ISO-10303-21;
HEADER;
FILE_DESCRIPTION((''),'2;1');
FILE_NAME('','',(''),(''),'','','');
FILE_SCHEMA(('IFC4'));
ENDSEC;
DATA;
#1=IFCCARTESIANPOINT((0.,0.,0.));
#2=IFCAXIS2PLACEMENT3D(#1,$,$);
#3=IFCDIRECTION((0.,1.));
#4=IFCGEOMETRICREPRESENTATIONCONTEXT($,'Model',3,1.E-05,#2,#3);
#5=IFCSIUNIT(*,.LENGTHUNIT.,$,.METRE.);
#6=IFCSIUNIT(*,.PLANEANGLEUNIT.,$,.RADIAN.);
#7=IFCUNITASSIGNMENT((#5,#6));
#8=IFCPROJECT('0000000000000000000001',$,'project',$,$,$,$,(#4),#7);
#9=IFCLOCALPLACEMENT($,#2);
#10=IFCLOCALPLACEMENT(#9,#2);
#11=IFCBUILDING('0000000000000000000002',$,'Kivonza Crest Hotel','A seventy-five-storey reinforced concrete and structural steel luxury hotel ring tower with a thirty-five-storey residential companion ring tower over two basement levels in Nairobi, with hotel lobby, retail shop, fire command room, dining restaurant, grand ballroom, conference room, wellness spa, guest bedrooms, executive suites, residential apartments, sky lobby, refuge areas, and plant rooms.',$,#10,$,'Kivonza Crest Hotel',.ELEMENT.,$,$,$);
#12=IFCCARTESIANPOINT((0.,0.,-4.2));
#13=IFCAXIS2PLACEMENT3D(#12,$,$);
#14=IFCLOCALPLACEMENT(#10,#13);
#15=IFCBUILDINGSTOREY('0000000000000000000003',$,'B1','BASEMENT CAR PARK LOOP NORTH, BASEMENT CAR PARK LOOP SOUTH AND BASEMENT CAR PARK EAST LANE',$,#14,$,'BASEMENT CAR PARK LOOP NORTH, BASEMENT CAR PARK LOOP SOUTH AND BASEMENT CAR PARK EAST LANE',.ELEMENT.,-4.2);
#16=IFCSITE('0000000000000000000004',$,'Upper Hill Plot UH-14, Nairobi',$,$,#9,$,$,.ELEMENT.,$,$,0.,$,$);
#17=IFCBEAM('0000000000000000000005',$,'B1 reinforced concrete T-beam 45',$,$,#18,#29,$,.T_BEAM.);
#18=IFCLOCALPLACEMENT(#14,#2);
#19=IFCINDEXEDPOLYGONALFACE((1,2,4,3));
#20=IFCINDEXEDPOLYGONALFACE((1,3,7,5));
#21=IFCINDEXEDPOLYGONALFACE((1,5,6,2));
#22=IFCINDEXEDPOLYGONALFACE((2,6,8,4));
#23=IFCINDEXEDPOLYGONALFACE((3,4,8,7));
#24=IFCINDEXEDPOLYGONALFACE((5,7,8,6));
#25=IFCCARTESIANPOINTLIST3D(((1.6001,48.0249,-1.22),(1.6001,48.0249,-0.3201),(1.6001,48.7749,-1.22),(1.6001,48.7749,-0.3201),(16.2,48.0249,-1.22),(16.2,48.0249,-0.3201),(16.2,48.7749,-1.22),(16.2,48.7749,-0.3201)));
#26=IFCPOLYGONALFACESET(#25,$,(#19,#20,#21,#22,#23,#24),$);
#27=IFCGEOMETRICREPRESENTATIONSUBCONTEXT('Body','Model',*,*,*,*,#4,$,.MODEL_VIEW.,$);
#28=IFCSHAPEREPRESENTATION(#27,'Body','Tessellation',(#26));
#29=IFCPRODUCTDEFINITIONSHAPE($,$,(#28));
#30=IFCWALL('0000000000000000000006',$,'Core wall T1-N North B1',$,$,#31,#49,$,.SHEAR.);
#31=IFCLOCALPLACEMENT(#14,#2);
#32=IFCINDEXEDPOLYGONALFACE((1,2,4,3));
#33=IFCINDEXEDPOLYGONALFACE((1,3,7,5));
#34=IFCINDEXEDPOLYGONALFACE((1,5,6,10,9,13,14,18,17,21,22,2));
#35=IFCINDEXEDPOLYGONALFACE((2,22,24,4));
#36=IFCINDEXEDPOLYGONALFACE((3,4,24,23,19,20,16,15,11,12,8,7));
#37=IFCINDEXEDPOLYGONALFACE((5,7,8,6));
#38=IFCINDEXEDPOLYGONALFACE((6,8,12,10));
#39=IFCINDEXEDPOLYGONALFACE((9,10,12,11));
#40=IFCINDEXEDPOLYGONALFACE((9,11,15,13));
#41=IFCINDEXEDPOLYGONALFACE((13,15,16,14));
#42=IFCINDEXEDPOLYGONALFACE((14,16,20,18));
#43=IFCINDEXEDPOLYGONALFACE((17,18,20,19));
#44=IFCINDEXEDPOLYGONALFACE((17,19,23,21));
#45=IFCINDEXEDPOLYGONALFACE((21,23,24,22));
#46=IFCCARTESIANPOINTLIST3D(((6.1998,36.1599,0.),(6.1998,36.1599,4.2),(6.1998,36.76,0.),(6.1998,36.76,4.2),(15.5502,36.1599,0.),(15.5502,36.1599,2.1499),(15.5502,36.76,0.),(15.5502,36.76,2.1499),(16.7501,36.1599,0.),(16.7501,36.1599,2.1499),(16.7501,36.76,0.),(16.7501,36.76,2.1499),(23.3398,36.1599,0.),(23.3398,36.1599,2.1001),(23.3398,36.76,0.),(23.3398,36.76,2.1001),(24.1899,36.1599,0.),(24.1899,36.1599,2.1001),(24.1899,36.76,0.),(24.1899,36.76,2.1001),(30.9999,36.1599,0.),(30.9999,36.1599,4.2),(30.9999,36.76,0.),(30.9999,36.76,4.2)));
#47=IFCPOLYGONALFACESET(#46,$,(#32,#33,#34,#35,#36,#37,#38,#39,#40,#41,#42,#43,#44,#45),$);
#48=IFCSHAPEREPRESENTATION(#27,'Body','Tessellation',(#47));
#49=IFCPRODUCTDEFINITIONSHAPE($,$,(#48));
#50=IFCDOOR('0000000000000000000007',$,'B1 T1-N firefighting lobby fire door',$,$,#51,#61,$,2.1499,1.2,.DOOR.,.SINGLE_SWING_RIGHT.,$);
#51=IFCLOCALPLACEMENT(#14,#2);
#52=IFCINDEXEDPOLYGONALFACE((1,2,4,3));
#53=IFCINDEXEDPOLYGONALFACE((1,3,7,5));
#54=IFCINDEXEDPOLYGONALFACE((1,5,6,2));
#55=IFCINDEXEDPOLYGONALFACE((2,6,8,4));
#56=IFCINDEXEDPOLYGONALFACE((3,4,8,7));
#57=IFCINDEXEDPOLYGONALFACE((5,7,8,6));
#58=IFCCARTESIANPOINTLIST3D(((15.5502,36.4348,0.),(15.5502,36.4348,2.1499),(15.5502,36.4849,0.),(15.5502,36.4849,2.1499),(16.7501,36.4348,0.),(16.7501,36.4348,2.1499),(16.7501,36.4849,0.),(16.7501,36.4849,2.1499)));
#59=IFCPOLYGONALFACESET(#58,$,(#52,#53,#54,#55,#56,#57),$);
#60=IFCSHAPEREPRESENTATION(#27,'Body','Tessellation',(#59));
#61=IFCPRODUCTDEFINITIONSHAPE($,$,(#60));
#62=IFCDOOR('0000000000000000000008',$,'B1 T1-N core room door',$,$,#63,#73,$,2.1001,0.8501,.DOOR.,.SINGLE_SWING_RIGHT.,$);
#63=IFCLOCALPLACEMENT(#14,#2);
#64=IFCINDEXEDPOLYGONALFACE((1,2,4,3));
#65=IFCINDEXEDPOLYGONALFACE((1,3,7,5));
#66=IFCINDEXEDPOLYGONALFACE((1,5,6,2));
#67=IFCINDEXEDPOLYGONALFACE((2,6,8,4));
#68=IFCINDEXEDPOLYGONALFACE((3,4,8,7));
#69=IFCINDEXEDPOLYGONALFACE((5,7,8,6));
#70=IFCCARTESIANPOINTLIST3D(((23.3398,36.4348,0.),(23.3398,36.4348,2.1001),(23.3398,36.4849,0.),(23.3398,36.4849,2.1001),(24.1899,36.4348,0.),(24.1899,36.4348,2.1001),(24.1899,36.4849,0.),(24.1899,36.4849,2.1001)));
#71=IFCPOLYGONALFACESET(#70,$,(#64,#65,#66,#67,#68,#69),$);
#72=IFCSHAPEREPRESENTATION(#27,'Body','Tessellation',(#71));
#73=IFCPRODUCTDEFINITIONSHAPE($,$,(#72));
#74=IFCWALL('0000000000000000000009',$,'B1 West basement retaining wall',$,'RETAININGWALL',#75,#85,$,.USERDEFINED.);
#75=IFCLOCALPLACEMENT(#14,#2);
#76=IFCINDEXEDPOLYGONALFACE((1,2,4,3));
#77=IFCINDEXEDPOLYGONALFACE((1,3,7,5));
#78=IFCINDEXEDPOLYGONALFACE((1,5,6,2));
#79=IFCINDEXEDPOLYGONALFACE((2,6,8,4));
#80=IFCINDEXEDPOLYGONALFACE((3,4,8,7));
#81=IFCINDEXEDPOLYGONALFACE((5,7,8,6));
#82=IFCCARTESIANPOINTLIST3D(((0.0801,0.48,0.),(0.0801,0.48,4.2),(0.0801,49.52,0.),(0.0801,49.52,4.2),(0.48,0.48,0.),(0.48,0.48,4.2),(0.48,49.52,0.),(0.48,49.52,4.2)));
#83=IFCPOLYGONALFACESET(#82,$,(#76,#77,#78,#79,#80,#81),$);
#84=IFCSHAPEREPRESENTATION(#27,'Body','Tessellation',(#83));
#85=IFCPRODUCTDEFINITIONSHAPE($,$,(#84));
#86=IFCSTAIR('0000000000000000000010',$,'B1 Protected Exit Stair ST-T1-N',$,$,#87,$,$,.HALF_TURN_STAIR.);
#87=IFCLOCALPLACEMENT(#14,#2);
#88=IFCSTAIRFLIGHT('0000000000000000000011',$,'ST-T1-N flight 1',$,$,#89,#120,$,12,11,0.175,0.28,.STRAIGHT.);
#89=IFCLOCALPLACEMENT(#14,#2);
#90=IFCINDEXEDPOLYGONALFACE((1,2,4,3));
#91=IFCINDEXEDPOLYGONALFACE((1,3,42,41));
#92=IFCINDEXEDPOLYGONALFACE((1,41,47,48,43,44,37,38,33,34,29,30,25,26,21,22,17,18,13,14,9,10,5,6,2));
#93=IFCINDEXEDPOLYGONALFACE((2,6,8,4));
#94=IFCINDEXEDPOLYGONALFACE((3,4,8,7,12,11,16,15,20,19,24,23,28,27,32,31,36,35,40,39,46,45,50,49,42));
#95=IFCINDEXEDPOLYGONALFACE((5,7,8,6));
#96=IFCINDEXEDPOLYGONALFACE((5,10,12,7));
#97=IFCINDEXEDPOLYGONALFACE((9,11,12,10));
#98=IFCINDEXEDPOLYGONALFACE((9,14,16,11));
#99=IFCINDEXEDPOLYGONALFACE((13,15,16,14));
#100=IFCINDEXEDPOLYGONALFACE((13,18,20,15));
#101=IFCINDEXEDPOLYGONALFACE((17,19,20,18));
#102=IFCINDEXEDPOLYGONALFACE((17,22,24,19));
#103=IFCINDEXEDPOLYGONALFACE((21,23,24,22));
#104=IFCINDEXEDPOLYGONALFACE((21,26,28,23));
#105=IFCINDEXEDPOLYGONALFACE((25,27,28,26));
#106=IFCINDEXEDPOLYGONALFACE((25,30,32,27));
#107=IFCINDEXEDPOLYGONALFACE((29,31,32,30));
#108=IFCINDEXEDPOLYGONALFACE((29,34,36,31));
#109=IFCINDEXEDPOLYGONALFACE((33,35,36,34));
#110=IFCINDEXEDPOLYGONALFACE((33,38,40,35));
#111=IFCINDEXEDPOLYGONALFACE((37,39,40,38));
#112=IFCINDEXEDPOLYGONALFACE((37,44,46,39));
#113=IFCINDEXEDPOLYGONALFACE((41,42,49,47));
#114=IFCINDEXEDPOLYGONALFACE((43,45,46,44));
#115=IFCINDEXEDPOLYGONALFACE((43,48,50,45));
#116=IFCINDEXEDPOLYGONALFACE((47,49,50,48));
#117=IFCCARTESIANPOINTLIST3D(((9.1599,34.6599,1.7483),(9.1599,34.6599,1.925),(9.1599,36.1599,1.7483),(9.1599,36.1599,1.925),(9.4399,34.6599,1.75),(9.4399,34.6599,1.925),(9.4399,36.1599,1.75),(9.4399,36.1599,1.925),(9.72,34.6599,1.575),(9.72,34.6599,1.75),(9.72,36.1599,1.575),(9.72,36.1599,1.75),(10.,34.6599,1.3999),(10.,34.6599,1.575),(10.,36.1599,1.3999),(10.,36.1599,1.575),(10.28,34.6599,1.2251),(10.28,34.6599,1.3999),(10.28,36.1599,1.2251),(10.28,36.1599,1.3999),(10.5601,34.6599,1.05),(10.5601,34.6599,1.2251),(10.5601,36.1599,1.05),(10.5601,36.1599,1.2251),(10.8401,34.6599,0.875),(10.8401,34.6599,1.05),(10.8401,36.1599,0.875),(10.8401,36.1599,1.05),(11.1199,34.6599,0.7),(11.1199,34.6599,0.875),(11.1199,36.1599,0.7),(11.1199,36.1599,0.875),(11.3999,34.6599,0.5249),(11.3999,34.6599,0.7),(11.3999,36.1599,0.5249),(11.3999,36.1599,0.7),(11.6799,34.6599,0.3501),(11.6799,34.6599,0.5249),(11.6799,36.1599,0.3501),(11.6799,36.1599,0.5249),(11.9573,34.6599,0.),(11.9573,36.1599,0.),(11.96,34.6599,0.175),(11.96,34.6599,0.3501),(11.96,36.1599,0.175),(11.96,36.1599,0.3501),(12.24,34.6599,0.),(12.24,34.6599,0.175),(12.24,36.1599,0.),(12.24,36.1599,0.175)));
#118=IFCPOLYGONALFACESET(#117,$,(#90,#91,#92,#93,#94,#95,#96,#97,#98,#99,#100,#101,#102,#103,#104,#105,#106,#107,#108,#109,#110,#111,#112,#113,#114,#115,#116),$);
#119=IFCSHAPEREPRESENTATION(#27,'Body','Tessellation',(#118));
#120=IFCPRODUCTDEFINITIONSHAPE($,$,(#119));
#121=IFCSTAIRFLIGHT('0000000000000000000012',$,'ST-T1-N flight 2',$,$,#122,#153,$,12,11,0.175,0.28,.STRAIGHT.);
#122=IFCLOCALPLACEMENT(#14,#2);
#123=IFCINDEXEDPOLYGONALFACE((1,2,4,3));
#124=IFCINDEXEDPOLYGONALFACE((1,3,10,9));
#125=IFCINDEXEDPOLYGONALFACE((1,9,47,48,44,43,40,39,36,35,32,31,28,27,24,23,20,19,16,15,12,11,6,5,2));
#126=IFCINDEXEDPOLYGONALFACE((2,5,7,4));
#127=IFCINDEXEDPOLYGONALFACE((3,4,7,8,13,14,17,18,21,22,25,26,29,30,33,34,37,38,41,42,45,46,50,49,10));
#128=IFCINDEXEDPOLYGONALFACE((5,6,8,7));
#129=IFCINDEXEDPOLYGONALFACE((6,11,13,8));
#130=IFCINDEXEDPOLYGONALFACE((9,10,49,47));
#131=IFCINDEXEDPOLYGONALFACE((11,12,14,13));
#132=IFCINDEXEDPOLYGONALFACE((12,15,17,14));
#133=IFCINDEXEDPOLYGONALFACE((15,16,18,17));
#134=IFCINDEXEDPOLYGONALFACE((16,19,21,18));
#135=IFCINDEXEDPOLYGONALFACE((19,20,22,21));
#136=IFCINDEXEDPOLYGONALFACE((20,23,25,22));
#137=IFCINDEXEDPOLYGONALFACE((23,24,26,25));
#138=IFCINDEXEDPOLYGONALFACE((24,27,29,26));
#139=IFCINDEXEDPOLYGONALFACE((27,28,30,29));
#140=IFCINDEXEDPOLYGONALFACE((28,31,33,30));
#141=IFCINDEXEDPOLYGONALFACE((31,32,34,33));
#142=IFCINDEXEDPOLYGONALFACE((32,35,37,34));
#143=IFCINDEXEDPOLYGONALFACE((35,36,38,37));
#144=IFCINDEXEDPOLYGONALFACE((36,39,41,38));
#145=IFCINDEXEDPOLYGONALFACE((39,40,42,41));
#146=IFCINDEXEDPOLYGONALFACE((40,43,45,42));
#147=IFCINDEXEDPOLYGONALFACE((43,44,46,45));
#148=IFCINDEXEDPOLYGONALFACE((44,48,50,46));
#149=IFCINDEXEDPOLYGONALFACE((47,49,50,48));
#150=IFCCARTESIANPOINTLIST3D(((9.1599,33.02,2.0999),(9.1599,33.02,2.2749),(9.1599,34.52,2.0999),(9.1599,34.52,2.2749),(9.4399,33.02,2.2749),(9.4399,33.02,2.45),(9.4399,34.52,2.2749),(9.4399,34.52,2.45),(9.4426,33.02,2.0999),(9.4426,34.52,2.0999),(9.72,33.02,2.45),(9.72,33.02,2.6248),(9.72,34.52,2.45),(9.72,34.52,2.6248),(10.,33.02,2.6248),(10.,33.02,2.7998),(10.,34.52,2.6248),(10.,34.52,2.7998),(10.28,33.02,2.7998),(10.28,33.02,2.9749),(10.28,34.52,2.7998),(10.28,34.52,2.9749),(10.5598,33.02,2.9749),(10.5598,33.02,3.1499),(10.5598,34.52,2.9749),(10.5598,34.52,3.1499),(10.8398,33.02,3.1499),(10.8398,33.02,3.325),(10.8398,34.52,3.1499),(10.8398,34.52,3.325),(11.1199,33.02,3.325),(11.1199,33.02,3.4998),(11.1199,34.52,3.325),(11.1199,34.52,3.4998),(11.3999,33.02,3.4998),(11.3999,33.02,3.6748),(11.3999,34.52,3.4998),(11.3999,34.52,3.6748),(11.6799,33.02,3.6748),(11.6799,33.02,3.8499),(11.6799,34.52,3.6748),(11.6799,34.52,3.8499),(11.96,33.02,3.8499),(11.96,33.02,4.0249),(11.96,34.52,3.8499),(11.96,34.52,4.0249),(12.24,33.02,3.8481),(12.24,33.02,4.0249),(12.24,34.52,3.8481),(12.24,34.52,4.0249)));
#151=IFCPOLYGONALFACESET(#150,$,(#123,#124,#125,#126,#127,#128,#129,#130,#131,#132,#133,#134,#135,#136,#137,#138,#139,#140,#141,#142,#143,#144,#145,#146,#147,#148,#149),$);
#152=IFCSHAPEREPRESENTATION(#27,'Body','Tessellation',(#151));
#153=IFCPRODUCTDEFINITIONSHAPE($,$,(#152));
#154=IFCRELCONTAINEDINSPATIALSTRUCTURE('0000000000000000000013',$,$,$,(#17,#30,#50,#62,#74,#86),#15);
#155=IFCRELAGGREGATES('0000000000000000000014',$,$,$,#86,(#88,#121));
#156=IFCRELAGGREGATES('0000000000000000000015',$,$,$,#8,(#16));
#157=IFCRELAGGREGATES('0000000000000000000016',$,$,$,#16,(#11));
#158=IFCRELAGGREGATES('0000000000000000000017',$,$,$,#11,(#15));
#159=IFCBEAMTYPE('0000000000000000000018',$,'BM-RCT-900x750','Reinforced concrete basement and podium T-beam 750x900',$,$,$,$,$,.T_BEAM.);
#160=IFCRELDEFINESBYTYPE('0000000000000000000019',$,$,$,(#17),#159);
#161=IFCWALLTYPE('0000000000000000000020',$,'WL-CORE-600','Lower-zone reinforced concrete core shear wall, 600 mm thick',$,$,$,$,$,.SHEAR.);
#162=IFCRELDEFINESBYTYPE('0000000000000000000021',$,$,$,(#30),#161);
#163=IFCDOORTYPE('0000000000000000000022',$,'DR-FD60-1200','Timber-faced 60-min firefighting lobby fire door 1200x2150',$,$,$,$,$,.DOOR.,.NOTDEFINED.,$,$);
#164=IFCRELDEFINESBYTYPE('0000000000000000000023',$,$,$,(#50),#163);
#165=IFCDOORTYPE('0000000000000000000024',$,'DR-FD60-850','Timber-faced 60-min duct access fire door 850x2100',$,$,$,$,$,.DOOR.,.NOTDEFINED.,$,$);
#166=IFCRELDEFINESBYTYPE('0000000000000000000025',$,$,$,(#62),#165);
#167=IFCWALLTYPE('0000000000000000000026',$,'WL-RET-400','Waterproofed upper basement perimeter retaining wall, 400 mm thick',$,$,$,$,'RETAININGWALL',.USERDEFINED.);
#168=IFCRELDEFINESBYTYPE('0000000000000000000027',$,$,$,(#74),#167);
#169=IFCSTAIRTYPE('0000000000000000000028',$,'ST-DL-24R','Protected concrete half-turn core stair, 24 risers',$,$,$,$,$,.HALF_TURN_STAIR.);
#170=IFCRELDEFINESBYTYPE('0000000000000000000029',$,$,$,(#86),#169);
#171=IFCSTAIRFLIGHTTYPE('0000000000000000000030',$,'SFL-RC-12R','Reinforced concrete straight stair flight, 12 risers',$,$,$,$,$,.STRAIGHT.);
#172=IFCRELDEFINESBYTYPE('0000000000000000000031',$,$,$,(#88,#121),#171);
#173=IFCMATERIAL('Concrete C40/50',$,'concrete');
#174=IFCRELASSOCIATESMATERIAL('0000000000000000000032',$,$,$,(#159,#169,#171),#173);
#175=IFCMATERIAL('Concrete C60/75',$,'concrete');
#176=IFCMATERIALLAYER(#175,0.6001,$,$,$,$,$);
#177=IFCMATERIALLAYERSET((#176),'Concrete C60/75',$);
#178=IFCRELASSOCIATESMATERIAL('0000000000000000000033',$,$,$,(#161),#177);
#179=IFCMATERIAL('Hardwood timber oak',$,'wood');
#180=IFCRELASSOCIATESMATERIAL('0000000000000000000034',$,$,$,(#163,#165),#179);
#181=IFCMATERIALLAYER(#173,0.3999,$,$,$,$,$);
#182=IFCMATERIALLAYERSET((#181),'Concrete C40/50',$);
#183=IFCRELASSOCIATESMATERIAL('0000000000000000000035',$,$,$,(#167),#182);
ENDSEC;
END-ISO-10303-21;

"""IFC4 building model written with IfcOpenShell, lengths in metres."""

from ifc_helpers import new_model, si_unit, direction, frame, frame_2d, origin, origin_2d, place, context, subcontext, project, spatial, polyline, rectangle, outline, extrude, material, layer, layer_set, material_profile, profile_set, type_object, element, fill, aggregate, save


model = new_model("IFC4")

# Units and contexts
model_context = context("Model", 3, precision=1e-05, world=origin(), true_north=direction((0.0, 1.0)))
body_context = subcontext(model_context, "Body", "Model", "MODEL_VIEW")
ifc_project = project(units=[si_unit("LENGTHUNIT", "METRE"), si_unit("PLANEANGLEUNIT", "RADIAN")], contexts=[model_context])

# Site, building, storey
site_placement = place(None, origin())
site = spatial("IfcSite", under=ifc_project, at=site_placement, Name="Upper Hill Plot UH-14, Nairobi", CompositionType="ELEMENT", RefElevation=0.0)
building_placement = place(site_placement, origin())
building = spatial("IfcBuilding", under=site, at=building_placement, Name="Kivonza Crest Hotel", Description="A seventy-five-storey reinforced concrete and structural steel luxury hotel ring tower with a thirty-five-storey residential companion ring tower over two basement levels in Nairobi, with hotel lobby, retail shop, fire command room, dining restaurant, grand ballroom, conference room, wellness spa, guest bedrooms, executive suites, residential apartments, sky lobby, refuge areas, and plant rooms.", LongName="Kivonza Crest Hotel", CompositionType="ELEMENT")
storey_placement = place(building_placement, frame((0.0, 0.0, -4.2)))
storey = spatial("IfcBuildingStorey", under=building, at=storey_placement, Name="B1", Description="BASEMENT CAR PARK LOOP NORTH, BASEMENT CAR PARK LOOP SOUTH AND BASEMENT CAR PARK EAST LANE", LongName="BASEMENT CAR PARK LOOP NORTH, BASEMENT CAR PARK LOOP SOUTH AND BASEMENT CAR PARK EAST LANE", CompositionType="ELEMENT", Elevation=-4.2)

# Shared definitions
ifc_material_1 = material(Name="Concrete C60/75", Category="concrete")

# Beam
ifc_material_2 = material(Name="Concrete C40/50", Category="concrete")
ifc_material_profile_1 = material_profile(ifc_material_2, rectangle(XDim=0.75, YDim=0.8999, at=origin_2d()), Name="RC 900x750")
ifc_profile_set_1 = profile_set([ifc_material_profile_1], Name="Concrete C40/50")
beam_type_1 = type_object("IfcBeamType", Name="BM-RCT-900x750", Description="Reinforced concrete basement and podium T-beam 750x900", PredefinedType="T_BEAM", material=ifc_profile_set_1)
beam_1_placement = place(storey_placement, frame((1.6001, 48.3999, -0.77), z_axis=(1.0, 0.0, 0.0), x_axis=(0.0, 1.0, 0.0)))
element("IfcBeam", 1, at=beam_1_placement, inside=storey, type_object=beam_type_1, Name="B1 reinforced concrete T-beam 45", PredefinedType="T_BEAM", context=body_context, shape_type="SweptSolid", body=[
    extrude(rectangle(XDim=0.75, YDim=0.8999, at=origin_2d()), origin(), (0.0, 0.0, 1.0), 14.5999),
])

# Wall, openings, doors
ifc_layer_1 = layer(ifc_material_1, 0.6001)
ifc_layer_set_1 = layer_set([ifc_layer_1], Name="Concrete C60/75")
wall_type_1 = type_object("IfcWallType", Name="WL-CORE-600", Description="Lower-zone reinforced concrete core shear wall, 600 mm thick", PredefinedType="SHEAR", material=ifc_layer_set_1)
wall_1_placement = place(storey_placement, frame((6.2, 36.46, 0.0), z_axis=(0.0, 0.0, 1.0), x_axis=(1.0, 0.0, 0.0)))
wall_1 = element("IfcWall", 2, at=wall_1_placement, inside=storey, type_object=wall_type_1, Name="Core wall T1-N North B1", PredefinedType="SHEAR", context=body_context, shape_type="SweptSolid", body=[
    extrude(rectangle(XDim=24.8, YDim=0.6001, at=frame_2d((12.3999, 0.0))), origin(), (0.0, 0.0, 1.0), 4.2),
])
opening_1_placement = place(wall_1_placement, frame((9.3501, 0.0, 0.0)))
opening_1 = element("IfcOpeningElement", 3, at=opening_1_placement, cuts=wall_1, PredefinedType="OPENING", context=body_context, shape_type="SweptSolid", body=[
    extrude(rectangle(XDim=1.2, YDim=2.1499, at=frame_2d((0.6001, 1.075))), frame((0.0, 0.3101, 0.0), z_axis=(0.0, -1.0, 0.0), x_axis=(1.0, 0.0, 0.0)), (0.0, 0.0, 1.0), 0.6201),
])
opening_2_placement = place(wall_1_placement, frame((17.1399, 0.0, 0.0)))
opening_2 = element("IfcOpeningElement", 4, at=opening_2_placement, cuts=wall_1, PredefinedType="OPENING", context=body_context, shape_type="SweptSolid", body=[
    extrude(rectangle(XDim=0.8501, YDim=2.1001, at=frame_2d((0.425, 1.05))), frame((0.0, 0.3101, 0.0), z_axis=(0.0, -1.0, 0.0), x_axis=(1.0, 0.0, 0.0)), (0.0, 0.0, 1.0), 0.6201),
])
ifc_material_3 = material(Name="Hardwood timber oak", Category="wood")
door_type_1 = type_object("IfcDoorType", Name="DR-FD60-1200", Description="Timber-faced 60-min firefighting lobby fire door 1200x2150", OperationType="NOTDEFINED", PredefinedType="DOOR", material=ifc_material_3)
door_1_placement = place(opening_1_placement, origin())
door_1 = element("IfcDoor", 5, at=door_1_placement, inside=storey, type_object=door_type_1, Name="B1 T1-N firefighting lobby fire door", OperationType="SINGLE_SWING_RIGHT", OverallHeight=2.1499, OverallWidth=1.2, PredefinedType="DOOR", context=body_context, shape_type="SweptSolid", body=[
    extrude(rectangle(XDim=1.2, YDim=2.1499, at=frame_2d((0.6001, 1.075))), frame((0.0, 0.0249, 0.0), z_axis=(0.0, -1.0, 0.0), x_axis=(1.0, 0.0, 0.0)), (0.0, 0.0, 1.0), 0.05),
])
fill(opening_1, door_1)
door_type_2 = type_object("IfcDoorType", Name="DR-FD60-850", Description="Timber-faced 60-min duct access fire door 850x2100", OperationType="NOTDEFINED", PredefinedType="DOOR", material=ifc_material_3)
door_2_placement = place(opening_2_placement, origin())
door_2 = element("IfcDoor", 6, at=door_2_placement, inside=storey, type_object=door_type_2, Name="B1 T1-N core room door", OperationType="SINGLE_SWING_RIGHT", OverallHeight=2.1001, OverallWidth=0.8501, PredefinedType="DOOR", context=body_context, shape_type="SweptSolid", body=[
    extrude(rectangle(XDim=0.8501, YDim=2.1001, at=frame_2d((0.425, 1.05))), frame((0.0, 0.0249, 0.0), z_axis=(0.0, -1.0, 0.0), x_axis=(1.0, 0.0, 0.0)), (0.0, 0.0, 1.0), 0.05),
])
fill(opening_2, door_2)

# Wall
ifc_layer_2 = layer(ifc_material_2, 0.3999)
ifc_layer_set_2 = layer_set([ifc_layer_2], Name="Concrete C40/50")
wall_type_2 = type_object("IfcWallType", Name="WL-RET-400", Description="Waterproofed upper basement perimeter retaining wall, 400 mm thick", ElementType="RETAININGWALL", PredefinedType="USERDEFINED", material=ifc_layer_set_2)
wall_2_placement = place(storey_placement, frame((0.28, 49.52, 0.0), z_axis=(0.0, 0.0, 1.0), x_axis=(0.0, -1.0, 0.0)))
element("IfcWall", 7, at=wall_2_placement, inside=storey, type_object=wall_type_2, Name="B1 West basement retaining wall", ObjectType="RETAININGWALL", PredefinedType="USERDEFINED", context=body_context, shape_type="SweptSolid", body=[
    extrude(rectangle(XDim=49.04, YDim=0.3999, at=frame_2d((24.52, 0.0))), origin(), (0.0, 0.0, 1.0), 4.2),
])

# Stair, stair flights
stair_type = type_object("IfcStairType", Name="ST-DL-24R", Description="Protected concrete half-turn core stair, 24 risers", PredefinedType="HALF_TURN_STAIR", material=ifc_material_2)
stair_placement = place(storey_placement, origin())
stair = element("IfcStair", 8, at=stair_placement, inside=storey, type_object=stair_type, Name="B1 Protected Exit Stair ST-T1-N", PredefinedType="HALF_TURN_STAIR")
stair_flight_type = type_object("IfcStairFlightType", Name="SFL-RC-12R", Description="Reinforced concrete straight stair flight, 12 risers", PredefinedType="STRAIGHT", material=ifc_material_2)
stair_flight_1_placement = place(storey_placement, frame((12.24, 35.4099, 0.0), z_axis=(0.0, 0.0, 1.0), x_axis=(-1.0, 0.0, 0.0)))
stair_flight_1 = element("IfcStairFlight", 9, at=stair_flight_1_placement, type_object=stair_flight_type, Name="ST-T1-N flight 1", NumberOfRisers=12, NumberOfTreads=11, PredefinedType="STRAIGHT", RiserHeight=0.175, TreadLength=0.28, context=body_context, shape_type="SweptSolid", body=[
    extrude(outline(polyline([(0.0, 0.0), (0.0, 0.175), (0.28, 0.175), (0.28, 0.3501), (0.5601, 0.3501), (0.5601, 0.5249), (0.8401, 0.5249), (0.8401, 0.7), (1.1201, 0.7), (1.1201, 0.875), (1.3999, 0.875), (1.3999, 1.05), (1.6799, 1.05), (1.6799, 1.2251), (1.96, 1.2251), (1.96, 1.3999), (2.24, 1.3999), (2.24, 1.575), (2.52, 1.575), (2.52, 1.75), (2.8, 1.75), (2.8, 1.925), (3.0801, 1.925), (3.0801, 2.1001), (3.0801, 1.7483), (0.2827, 0.0), (0.0, 0.0)])), frame((0.0, 0.75, 0.0), z_axis=(0.0, -1.0, 0.0), x_axis=(1.0, 0.0, 0.0)), (0.0, 0.0, 1.0), 1.5),
])
stair_flight_2_placement = place(storey_placement, frame((9.1599, 33.77, 2.0999), z_axis=(0.0, 0.0, 1.0), x_axis=(1.0, 0.0, 0.0)))
stair_flight_2 = element("IfcStairFlight", 10, at=stair_flight_2_placement, type_object=stair_flight_type, Name="ST-T1-N flight 2", NumberOfRisers=12, NumberOfTreads=11, PredefinedType="STRAIGHT", RiserHeight=0.175, TreadLength=0.28, context=body_context, shape_type="SweptSolid", body=[
    extrude(outline(polyline([(0.0, 0.0), (0.0, 0.175), (0.28, 0.175), (0.28, 0.3501), (0.5601, 0.3501), (0.5601, 0.5249), (0.8401, 0.5249), (0.8401, 0.7), (1.1201, 0.7), (1.1201, 0.875), (1.3999, 0.875), (1.3999, 1.05), (1.6799, 1.05), (1.6799, 1.2251), (1.96, 1.2251), (1.96, 1.3999), (2.24, 1.3999), (2.24, 1.575), (2.52, 1.575), (2.52, 1.75), (2.8, 1.75), (2.8, 1.925), (3.0801, 1.925), (3.0801, 2.1001), (3.0801, 1.7483), (0.2827, 0.0), (0.0, 0.0)])), frame((0.0, 0.75, 0.0), z_axis=(0.0, -1.0, 0.0), x_axis=(1.0, 0.0, 0.0)), (0.0, 0.0, 1.0), 1.5),
])
aggregate(stair, [stair_flight_1, stair_flight_2])

save(model, "model.ifc")
